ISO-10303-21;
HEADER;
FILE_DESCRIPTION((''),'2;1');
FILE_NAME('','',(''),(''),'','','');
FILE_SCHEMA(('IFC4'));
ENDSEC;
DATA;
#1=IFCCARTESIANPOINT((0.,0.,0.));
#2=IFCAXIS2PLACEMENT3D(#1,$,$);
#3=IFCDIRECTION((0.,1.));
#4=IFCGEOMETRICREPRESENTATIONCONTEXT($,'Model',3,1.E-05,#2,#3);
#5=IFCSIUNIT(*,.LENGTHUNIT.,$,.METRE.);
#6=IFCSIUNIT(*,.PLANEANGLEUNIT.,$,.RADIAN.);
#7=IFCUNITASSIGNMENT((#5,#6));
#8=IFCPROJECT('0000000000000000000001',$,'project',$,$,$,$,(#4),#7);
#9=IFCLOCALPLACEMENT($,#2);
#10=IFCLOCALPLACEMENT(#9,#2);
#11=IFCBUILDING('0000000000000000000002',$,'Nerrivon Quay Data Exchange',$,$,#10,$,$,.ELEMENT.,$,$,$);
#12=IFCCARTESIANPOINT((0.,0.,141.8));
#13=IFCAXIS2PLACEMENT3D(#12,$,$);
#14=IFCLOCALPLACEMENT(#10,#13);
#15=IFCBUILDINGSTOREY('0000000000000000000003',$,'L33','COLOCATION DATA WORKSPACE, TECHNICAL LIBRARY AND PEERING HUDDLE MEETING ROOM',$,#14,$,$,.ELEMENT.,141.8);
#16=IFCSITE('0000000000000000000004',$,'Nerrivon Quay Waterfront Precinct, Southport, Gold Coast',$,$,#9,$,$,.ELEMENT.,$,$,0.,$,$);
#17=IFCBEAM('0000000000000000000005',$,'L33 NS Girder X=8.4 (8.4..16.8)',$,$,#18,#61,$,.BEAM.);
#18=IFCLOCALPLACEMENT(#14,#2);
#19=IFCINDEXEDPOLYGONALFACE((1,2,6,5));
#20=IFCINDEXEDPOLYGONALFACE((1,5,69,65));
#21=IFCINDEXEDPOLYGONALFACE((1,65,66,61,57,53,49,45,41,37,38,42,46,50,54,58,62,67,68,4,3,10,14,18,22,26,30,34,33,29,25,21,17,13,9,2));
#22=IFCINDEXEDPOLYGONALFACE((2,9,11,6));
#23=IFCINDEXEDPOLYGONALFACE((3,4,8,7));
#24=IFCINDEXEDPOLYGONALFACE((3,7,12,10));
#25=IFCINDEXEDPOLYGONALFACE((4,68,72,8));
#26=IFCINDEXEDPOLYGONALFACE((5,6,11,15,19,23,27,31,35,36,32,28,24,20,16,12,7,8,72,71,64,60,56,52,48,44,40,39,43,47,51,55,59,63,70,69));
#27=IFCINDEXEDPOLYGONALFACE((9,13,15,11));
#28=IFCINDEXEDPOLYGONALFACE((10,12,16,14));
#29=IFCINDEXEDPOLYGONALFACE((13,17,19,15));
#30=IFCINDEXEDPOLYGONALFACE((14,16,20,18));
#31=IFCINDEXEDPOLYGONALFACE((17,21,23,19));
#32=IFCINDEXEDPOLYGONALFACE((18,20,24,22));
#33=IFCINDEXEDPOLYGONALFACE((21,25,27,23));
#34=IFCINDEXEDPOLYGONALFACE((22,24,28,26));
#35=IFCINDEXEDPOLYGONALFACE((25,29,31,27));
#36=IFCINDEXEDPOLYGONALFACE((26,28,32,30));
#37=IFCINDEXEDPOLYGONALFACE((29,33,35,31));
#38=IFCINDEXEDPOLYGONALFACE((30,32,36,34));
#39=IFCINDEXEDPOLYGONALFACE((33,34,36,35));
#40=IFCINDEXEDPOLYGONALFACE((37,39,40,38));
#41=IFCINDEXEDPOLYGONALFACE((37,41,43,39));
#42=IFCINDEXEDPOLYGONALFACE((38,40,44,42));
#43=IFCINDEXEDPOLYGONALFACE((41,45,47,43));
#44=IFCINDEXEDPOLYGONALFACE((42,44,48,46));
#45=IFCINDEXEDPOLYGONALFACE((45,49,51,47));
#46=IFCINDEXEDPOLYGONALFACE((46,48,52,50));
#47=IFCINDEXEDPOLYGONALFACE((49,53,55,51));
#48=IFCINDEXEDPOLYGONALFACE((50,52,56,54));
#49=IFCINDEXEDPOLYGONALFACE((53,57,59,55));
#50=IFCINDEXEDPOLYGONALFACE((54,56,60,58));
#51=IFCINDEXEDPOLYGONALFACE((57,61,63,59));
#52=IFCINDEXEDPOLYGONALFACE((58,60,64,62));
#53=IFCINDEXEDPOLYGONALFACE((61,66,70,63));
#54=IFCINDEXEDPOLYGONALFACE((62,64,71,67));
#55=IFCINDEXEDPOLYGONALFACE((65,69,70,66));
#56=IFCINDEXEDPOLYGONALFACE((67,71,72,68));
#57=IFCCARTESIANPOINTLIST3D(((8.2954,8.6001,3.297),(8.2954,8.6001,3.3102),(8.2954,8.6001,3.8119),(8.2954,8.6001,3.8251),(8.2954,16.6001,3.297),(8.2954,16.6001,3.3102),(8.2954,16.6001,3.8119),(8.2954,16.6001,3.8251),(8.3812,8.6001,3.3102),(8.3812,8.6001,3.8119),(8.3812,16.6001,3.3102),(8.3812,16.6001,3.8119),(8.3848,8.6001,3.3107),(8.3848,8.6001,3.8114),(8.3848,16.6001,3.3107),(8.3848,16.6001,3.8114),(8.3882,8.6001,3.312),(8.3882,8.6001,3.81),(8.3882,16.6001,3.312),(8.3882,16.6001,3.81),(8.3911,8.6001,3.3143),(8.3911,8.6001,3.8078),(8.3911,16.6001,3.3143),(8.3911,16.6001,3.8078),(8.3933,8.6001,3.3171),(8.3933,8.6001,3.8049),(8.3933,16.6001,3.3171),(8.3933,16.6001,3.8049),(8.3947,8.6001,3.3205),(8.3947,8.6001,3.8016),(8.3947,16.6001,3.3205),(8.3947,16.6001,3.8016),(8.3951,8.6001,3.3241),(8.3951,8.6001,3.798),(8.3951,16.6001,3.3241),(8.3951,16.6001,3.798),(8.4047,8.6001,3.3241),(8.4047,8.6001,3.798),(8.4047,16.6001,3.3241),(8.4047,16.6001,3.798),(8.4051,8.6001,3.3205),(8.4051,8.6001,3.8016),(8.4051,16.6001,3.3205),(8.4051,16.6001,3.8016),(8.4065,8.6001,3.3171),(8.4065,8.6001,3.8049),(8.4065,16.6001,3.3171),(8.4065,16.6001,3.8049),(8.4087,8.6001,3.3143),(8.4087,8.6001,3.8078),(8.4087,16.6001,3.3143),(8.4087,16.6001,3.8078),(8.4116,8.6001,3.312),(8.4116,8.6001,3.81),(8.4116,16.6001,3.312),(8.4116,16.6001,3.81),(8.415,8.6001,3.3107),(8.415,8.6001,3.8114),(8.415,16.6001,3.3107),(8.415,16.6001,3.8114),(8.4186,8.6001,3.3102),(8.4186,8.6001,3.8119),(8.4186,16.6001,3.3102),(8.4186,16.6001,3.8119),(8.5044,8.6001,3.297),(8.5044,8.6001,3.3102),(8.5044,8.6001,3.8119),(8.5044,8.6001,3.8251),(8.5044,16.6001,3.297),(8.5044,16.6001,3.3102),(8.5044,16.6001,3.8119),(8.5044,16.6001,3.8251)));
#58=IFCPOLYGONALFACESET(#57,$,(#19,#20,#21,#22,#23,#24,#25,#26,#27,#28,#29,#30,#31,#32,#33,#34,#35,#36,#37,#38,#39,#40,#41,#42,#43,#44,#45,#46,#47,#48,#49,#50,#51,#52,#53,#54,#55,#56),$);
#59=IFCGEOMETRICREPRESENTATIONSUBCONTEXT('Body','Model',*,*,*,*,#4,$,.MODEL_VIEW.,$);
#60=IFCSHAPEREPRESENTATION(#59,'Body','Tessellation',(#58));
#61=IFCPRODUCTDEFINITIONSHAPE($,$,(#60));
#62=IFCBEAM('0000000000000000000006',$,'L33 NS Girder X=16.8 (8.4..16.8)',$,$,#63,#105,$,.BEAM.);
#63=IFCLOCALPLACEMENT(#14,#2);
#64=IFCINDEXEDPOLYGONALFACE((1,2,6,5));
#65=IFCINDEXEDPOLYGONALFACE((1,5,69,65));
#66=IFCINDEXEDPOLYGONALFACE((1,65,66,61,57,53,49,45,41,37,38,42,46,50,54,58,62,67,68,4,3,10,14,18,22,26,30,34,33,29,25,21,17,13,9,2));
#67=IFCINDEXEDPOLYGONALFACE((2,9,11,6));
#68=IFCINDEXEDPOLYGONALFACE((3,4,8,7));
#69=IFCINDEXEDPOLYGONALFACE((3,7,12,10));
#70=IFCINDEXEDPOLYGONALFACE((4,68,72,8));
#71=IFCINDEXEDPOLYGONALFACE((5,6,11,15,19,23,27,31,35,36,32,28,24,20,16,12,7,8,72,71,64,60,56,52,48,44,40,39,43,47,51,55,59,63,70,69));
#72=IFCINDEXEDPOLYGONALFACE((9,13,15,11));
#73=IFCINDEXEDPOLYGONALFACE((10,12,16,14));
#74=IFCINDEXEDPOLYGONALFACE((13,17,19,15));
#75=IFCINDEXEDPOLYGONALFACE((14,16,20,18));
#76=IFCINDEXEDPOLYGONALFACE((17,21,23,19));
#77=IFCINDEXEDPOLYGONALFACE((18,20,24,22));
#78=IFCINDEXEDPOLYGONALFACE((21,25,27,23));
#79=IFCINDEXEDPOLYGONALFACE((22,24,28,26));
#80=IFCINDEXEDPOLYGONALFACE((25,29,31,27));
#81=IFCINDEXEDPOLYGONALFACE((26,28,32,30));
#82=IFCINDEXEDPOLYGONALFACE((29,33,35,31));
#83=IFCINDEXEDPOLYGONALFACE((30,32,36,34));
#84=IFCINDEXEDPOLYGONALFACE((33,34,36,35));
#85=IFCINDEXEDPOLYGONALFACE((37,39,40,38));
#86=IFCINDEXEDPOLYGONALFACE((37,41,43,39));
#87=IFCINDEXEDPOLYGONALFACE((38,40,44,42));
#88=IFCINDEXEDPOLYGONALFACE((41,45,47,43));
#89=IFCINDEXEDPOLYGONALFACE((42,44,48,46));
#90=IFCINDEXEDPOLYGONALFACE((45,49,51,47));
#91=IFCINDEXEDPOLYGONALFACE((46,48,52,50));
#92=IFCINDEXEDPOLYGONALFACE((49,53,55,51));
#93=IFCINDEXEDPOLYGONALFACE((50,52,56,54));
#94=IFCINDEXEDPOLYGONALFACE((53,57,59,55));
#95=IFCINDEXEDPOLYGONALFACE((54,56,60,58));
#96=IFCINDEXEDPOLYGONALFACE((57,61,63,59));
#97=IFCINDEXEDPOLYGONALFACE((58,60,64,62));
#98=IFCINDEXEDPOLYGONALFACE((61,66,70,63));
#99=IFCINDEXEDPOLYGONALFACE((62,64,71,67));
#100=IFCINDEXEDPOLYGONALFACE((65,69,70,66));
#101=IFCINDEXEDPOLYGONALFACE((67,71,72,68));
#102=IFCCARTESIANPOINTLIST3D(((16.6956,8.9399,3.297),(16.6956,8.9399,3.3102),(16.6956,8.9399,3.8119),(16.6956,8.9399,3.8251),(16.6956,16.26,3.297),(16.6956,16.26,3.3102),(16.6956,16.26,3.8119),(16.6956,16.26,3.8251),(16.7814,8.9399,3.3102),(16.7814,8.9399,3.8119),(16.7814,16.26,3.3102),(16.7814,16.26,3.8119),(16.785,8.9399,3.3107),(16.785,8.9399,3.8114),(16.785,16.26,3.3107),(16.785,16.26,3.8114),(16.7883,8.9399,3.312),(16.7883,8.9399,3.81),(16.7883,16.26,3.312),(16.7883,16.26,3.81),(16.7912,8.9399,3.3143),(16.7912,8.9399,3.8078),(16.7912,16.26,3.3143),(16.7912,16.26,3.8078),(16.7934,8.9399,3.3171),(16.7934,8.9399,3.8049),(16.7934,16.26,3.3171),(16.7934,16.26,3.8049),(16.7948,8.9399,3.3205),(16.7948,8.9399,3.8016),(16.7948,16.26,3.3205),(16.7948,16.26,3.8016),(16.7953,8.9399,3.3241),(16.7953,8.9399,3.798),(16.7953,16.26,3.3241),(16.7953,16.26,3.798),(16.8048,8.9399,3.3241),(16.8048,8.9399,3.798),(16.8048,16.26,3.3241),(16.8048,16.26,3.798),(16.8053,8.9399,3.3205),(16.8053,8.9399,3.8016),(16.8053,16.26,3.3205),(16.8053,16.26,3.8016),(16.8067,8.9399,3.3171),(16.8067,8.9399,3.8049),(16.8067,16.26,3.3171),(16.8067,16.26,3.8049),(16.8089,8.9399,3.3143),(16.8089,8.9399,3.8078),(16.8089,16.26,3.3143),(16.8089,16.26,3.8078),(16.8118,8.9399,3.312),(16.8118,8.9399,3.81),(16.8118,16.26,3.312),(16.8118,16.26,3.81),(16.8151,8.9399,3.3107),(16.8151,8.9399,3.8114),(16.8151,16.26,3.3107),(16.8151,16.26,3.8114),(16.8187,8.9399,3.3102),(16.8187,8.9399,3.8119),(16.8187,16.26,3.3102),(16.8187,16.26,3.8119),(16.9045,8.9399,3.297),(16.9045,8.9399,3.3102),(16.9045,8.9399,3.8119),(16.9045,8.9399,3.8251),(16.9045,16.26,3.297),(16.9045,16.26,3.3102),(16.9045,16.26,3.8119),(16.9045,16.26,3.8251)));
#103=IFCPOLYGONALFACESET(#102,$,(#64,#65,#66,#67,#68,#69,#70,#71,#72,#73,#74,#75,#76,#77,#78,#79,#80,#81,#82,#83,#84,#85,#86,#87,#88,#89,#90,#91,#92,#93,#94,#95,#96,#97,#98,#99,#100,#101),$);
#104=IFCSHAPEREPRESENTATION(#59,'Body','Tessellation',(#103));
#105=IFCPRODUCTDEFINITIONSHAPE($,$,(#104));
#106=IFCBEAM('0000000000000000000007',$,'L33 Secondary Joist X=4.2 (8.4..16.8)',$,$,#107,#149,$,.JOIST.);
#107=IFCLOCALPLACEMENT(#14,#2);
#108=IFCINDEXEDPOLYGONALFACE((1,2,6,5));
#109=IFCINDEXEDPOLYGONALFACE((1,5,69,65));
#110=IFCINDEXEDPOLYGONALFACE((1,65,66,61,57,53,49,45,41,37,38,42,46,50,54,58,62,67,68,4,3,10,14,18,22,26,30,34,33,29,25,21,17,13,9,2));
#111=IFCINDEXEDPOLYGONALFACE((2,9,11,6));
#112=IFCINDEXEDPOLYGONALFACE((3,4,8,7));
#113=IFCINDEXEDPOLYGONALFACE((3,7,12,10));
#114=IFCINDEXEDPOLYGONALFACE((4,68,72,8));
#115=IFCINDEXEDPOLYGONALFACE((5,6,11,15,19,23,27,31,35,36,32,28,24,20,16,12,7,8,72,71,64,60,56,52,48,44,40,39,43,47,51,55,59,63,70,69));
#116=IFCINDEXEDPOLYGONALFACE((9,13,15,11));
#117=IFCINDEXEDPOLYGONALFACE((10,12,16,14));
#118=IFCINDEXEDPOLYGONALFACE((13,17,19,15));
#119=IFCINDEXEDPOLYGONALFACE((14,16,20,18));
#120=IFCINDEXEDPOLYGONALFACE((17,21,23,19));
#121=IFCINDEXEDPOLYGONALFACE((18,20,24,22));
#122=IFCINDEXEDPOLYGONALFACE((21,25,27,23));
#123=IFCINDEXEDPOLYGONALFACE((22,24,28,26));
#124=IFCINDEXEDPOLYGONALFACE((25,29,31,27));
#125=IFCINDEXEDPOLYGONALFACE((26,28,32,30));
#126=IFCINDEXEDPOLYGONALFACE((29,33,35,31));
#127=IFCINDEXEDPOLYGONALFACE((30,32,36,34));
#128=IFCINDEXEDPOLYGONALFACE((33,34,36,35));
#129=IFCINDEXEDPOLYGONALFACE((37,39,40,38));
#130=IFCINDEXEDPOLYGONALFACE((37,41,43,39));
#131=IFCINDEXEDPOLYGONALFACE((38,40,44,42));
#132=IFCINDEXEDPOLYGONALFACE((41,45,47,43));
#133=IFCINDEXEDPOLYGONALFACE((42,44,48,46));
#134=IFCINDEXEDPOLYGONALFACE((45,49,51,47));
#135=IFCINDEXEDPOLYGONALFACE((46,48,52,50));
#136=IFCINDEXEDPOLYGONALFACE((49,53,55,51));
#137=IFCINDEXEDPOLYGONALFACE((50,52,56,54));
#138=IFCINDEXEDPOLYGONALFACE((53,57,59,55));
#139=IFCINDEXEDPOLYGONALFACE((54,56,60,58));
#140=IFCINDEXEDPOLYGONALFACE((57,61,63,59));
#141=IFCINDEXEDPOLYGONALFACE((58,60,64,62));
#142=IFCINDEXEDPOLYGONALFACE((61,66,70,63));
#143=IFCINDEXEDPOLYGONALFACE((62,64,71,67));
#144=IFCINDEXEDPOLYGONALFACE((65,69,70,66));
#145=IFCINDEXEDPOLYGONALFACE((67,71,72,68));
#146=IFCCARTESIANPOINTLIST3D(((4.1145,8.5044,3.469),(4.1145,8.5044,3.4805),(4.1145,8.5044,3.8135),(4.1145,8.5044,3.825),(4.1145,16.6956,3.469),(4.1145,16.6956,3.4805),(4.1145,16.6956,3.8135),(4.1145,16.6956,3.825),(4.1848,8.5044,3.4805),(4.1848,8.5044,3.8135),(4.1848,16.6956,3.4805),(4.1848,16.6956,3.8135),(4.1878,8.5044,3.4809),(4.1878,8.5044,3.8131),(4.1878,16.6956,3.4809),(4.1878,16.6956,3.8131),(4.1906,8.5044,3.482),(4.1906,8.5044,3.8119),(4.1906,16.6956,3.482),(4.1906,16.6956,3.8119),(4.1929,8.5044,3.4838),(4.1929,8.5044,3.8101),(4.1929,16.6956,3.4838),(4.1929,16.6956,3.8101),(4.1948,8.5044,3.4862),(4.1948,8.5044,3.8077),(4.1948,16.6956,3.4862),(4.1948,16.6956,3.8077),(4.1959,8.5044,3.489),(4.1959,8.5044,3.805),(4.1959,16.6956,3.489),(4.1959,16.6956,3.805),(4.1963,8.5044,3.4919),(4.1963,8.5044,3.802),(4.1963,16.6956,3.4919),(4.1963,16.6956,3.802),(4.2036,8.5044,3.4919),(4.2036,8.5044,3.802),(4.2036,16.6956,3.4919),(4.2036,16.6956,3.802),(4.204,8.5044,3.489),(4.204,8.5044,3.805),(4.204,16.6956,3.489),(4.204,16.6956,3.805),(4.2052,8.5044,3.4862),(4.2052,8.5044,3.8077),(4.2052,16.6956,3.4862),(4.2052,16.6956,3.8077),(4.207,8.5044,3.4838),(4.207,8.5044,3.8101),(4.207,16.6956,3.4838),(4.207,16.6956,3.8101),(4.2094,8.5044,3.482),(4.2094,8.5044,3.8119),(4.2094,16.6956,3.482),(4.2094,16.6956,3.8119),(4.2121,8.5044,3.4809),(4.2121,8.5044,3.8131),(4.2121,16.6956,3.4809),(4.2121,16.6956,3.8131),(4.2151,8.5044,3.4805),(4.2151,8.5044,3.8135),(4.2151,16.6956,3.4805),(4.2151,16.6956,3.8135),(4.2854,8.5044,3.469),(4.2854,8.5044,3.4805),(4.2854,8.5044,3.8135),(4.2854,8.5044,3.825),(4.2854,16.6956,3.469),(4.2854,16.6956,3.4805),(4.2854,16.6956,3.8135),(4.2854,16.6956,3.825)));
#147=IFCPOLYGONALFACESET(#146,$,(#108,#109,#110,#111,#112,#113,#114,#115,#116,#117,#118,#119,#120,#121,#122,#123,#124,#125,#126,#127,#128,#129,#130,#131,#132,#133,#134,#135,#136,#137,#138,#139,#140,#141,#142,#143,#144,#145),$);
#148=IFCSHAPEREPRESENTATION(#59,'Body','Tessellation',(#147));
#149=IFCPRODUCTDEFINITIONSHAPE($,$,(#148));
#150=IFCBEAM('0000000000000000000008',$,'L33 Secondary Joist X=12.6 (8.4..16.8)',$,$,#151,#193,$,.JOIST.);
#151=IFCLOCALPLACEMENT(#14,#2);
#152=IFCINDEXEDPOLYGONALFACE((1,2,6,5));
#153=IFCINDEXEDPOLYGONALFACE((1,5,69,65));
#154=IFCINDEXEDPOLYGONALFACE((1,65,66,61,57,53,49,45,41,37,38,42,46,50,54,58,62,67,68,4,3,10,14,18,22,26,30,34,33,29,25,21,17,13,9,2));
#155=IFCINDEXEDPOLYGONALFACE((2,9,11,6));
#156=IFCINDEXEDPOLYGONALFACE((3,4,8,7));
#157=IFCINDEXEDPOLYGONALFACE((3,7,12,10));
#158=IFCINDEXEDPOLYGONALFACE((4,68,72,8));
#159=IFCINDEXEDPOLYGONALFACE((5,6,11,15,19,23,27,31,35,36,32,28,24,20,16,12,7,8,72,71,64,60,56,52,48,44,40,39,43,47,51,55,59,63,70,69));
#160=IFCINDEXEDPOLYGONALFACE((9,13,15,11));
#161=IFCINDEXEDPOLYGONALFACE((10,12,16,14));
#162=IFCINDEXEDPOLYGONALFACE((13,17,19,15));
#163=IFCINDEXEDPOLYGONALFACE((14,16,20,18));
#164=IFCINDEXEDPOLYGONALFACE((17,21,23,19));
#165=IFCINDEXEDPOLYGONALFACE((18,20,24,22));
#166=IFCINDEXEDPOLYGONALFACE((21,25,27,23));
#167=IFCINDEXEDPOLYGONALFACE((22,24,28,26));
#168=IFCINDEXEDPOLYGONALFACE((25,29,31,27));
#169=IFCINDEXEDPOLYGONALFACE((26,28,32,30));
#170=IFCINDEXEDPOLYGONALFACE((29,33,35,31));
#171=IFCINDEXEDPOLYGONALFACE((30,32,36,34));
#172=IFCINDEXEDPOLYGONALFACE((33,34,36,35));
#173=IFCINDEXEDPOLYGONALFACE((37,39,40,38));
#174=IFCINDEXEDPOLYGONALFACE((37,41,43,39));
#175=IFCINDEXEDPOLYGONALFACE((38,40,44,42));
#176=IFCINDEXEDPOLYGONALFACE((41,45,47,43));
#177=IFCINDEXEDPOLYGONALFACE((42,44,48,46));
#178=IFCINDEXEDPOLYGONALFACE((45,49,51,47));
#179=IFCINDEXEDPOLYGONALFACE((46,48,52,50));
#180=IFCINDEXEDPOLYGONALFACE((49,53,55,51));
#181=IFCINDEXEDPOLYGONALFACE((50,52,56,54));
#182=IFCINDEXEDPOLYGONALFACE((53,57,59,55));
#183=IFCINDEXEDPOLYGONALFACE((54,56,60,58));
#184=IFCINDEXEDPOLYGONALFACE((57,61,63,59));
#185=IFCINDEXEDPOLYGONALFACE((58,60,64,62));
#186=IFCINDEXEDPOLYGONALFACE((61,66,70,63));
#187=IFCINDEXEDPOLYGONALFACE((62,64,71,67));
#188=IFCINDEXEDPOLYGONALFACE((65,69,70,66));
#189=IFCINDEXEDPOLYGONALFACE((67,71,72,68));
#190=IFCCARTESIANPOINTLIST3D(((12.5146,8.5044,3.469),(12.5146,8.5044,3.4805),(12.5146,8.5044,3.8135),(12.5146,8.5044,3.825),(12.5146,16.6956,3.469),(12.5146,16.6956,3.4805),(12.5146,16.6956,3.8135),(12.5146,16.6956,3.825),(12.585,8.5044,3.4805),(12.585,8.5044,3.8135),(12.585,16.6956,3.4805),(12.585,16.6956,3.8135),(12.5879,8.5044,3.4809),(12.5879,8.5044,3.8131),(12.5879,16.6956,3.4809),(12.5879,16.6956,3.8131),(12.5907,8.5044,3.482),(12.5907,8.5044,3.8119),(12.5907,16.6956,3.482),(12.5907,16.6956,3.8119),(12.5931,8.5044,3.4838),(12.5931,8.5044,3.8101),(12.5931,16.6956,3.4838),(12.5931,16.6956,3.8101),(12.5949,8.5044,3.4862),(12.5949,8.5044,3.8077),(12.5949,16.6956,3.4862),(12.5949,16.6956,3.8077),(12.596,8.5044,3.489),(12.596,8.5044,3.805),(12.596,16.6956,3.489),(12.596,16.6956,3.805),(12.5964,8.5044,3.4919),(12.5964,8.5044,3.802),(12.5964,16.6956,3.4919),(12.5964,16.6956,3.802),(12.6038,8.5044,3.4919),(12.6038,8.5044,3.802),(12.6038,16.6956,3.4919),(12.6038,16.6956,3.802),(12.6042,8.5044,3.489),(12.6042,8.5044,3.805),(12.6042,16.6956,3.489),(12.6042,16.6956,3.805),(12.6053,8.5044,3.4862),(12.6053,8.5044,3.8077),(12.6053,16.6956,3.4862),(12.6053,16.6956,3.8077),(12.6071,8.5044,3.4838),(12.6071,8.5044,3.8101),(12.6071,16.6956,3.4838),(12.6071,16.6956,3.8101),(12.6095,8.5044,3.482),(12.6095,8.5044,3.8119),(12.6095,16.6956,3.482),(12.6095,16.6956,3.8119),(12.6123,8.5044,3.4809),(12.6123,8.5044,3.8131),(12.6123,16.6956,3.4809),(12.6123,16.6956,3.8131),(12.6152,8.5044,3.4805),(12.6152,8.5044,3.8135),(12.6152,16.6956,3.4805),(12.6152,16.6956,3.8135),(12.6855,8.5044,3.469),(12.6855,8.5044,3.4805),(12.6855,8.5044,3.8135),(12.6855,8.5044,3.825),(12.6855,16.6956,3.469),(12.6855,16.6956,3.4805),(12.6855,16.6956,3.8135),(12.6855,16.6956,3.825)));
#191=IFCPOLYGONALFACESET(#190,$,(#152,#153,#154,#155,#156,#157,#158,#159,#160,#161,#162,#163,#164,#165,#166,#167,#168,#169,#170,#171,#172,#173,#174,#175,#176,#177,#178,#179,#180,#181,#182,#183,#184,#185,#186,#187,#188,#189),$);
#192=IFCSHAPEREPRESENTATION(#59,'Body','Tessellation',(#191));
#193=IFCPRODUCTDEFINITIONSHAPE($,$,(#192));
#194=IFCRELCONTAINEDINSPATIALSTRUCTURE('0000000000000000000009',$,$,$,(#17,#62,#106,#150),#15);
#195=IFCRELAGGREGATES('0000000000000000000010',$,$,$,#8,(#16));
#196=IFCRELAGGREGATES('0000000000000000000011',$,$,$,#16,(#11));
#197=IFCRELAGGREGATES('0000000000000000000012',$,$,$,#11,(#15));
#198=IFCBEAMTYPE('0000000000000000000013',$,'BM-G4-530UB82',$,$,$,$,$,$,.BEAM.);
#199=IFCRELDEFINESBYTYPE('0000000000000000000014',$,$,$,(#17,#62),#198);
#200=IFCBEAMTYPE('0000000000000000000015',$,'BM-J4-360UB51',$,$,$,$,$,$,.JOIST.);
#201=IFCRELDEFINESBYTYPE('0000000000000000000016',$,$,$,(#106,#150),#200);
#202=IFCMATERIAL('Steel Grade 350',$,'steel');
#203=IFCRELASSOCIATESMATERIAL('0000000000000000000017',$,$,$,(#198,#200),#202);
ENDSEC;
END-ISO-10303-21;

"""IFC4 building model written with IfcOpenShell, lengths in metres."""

from ifc_helpers import new_model, si_unit, direction, frame, origin, origin_2d, place, context, subcontext, project, spatial, i_section, extrude, material, material_profile, profile_set, type_object, element, save


model = new_model("IFC4")

# Units and contexts
model_context = context("Model", 3, precision=1e-05, world=origin(), true_north=direction((0.0, 1.0)))
body_context = subcontext(model_context, "Body", "Model", "MODEL_VIEW")
ifc_project = project(units=[si_unit("LENGTHUNIT", "METRE"), si_unit("PLANEANGLEUNIT", "RADIAN")], contexts=[model_context])

# Site, building, storey
site_placement = place(None, origin())
site = spatial("IfcSite", under=ifc_project, at=site_placement, Name="Nerrivon Quay Waterfront Precinct, Southport, Gold Coast", CompositionType="ELEMENT", RefElevation=0.0)
building_placement = place(site_placement, origin())
building = spatial("IfcBuilding", under=site, at=building_placement, Name="Nerrivon Quay Data Exchange", CompositionType="ELEMENT")
storey_placement = place(building_placement, frame((0.0, 0.0, 141.8)))
storey = spatial("IfcBuildingStorey", under=building, at=storey_placement, Name="L33", Description="COLOCATION DATA WORKSPACE, TECHNICAL LIBRARY AND PEERING HUDDLE MEETING ROOM", CompositionType="ELEMENT", Elevation=141.8)

# Shared definitions
ifc_material_1 = material(Name="Steel Grade 350", Category="steel")

# Beams
ifc_material_profile_1 = material_profile(ifc_material_1, i_section(OverallWidth=0.209, OverallDepth=0.5281, WebThickness=0.0095, FlangeThickness=0.0132, FilletRadius=0.0139, at=origin_2d()), Name="530UB82.0")
ifc_profile_set_1 = profile_set([ifc_material_profile_1], Name="Steel Grade 350")
beam_type_1 = type_object("IfcBeamType", Name="BM-G4-530UB82", PredefinedType="BEAM", material=ifc_profile_set_1)
beam_1_placement = place(storey_placement, frame((8.3999, 8.6001, 3.561), z_axis=(0.0, 1.0, 0.0), x_axis=(-1.0, 0.0, 0.0)))
element("IfcBeam", 1, at=beam_1_placement, inside=storey, type_object=beam_type_1, Name="L33 NS Girder X=8.4 (8.4..16.8)", PredefinedType="BEAM", context=body_context, shape_type="SweptSolid", body=[
    extrude(i_section(OverallWidth=0.209, OverallDepth=0.5281, WebThickness=0.0095, FlangeThickness=0.0132, FilletRadius=0.0139, at=origin_2d()), origin(), (0.0, 0.0, 1.0), 8.0),
])
beam_2_placement = place(storey_placement, frame((16.8, 8.9399, 3.561), z_axis=(0.0, 1.0, 0.0), x_axis=(-1.0, 0.0, 0.0)))
element("IfcBeam", 2, at=beam_2_placement, inside=storey, type_object=beam_type_1, Name="L33 NS Girder X=16.8 (8.4..16.8)", PredefinedType="BEAM", context=body_context, shape_type="SweptSolid", body=[
    extrude(i_section(OverallWidth=0.209, OverallDepth=0.5281, WebThickness=0.0095, FlangeThickness=0.0132, FilletRadius=0.0139, at=origin_2d()), origin(), (0.0, 0.0, 1.0), 7.3201),
])
ifc_material_profile_2 = material_profile(ifc_material_1, i_section(OverallWidth=0.1709, OverallDepth=0.356, WebThickness=0.0073, FlangeThickness=0.0115, FilletRadius=0.0115, at=origin_2d()), Name="360UB50.7")
ifc_profile_set_2 = profile_set([ifc_material_profile_2], Name="Steel Grade 350")
beam_type_2 = type_object("IfcBeamType", Name="BM-J4-360UB51", PredefinedType="JOIST", material=ifc_profile_set_2)
for number, where, z_axis, x_axis, name in (
    (3, (4.2, 8.5044, 3.647), (0.0, 1.0, 0.0), (-1.0, 0.0, 0.0), "L33 Secondary Joist X=4.2 (8.4..16.8)"),
    (4, (12.6001, 8.5044, 3.647), (0.0, 1.0, 0.0), (-1.0, 0.0, 0.0), "L33 Secondary Joist X=12.6 (8.4..16.8)"),
):
    element("IfcBeam", number, at=place(storey_placement, frame(where, z_axis=z_axis, x_axis=x_axis)), inside=storey, type_object=beam_type_2, Name=name, PredefinedType="JOIST", context=body_context, shape_type="SweptSolid", body=[
        extrude(i_section(OverallWidth=0.1709, OverallDepth=0.356, WebThickness=0.0073, FlangeThickness=0.0115, FilletRadius=0.0115, at=origin_2d()), origin(), (0.0, 0.0, 1.0), 8.1912),
    ])

save(model, "model.ifc")
